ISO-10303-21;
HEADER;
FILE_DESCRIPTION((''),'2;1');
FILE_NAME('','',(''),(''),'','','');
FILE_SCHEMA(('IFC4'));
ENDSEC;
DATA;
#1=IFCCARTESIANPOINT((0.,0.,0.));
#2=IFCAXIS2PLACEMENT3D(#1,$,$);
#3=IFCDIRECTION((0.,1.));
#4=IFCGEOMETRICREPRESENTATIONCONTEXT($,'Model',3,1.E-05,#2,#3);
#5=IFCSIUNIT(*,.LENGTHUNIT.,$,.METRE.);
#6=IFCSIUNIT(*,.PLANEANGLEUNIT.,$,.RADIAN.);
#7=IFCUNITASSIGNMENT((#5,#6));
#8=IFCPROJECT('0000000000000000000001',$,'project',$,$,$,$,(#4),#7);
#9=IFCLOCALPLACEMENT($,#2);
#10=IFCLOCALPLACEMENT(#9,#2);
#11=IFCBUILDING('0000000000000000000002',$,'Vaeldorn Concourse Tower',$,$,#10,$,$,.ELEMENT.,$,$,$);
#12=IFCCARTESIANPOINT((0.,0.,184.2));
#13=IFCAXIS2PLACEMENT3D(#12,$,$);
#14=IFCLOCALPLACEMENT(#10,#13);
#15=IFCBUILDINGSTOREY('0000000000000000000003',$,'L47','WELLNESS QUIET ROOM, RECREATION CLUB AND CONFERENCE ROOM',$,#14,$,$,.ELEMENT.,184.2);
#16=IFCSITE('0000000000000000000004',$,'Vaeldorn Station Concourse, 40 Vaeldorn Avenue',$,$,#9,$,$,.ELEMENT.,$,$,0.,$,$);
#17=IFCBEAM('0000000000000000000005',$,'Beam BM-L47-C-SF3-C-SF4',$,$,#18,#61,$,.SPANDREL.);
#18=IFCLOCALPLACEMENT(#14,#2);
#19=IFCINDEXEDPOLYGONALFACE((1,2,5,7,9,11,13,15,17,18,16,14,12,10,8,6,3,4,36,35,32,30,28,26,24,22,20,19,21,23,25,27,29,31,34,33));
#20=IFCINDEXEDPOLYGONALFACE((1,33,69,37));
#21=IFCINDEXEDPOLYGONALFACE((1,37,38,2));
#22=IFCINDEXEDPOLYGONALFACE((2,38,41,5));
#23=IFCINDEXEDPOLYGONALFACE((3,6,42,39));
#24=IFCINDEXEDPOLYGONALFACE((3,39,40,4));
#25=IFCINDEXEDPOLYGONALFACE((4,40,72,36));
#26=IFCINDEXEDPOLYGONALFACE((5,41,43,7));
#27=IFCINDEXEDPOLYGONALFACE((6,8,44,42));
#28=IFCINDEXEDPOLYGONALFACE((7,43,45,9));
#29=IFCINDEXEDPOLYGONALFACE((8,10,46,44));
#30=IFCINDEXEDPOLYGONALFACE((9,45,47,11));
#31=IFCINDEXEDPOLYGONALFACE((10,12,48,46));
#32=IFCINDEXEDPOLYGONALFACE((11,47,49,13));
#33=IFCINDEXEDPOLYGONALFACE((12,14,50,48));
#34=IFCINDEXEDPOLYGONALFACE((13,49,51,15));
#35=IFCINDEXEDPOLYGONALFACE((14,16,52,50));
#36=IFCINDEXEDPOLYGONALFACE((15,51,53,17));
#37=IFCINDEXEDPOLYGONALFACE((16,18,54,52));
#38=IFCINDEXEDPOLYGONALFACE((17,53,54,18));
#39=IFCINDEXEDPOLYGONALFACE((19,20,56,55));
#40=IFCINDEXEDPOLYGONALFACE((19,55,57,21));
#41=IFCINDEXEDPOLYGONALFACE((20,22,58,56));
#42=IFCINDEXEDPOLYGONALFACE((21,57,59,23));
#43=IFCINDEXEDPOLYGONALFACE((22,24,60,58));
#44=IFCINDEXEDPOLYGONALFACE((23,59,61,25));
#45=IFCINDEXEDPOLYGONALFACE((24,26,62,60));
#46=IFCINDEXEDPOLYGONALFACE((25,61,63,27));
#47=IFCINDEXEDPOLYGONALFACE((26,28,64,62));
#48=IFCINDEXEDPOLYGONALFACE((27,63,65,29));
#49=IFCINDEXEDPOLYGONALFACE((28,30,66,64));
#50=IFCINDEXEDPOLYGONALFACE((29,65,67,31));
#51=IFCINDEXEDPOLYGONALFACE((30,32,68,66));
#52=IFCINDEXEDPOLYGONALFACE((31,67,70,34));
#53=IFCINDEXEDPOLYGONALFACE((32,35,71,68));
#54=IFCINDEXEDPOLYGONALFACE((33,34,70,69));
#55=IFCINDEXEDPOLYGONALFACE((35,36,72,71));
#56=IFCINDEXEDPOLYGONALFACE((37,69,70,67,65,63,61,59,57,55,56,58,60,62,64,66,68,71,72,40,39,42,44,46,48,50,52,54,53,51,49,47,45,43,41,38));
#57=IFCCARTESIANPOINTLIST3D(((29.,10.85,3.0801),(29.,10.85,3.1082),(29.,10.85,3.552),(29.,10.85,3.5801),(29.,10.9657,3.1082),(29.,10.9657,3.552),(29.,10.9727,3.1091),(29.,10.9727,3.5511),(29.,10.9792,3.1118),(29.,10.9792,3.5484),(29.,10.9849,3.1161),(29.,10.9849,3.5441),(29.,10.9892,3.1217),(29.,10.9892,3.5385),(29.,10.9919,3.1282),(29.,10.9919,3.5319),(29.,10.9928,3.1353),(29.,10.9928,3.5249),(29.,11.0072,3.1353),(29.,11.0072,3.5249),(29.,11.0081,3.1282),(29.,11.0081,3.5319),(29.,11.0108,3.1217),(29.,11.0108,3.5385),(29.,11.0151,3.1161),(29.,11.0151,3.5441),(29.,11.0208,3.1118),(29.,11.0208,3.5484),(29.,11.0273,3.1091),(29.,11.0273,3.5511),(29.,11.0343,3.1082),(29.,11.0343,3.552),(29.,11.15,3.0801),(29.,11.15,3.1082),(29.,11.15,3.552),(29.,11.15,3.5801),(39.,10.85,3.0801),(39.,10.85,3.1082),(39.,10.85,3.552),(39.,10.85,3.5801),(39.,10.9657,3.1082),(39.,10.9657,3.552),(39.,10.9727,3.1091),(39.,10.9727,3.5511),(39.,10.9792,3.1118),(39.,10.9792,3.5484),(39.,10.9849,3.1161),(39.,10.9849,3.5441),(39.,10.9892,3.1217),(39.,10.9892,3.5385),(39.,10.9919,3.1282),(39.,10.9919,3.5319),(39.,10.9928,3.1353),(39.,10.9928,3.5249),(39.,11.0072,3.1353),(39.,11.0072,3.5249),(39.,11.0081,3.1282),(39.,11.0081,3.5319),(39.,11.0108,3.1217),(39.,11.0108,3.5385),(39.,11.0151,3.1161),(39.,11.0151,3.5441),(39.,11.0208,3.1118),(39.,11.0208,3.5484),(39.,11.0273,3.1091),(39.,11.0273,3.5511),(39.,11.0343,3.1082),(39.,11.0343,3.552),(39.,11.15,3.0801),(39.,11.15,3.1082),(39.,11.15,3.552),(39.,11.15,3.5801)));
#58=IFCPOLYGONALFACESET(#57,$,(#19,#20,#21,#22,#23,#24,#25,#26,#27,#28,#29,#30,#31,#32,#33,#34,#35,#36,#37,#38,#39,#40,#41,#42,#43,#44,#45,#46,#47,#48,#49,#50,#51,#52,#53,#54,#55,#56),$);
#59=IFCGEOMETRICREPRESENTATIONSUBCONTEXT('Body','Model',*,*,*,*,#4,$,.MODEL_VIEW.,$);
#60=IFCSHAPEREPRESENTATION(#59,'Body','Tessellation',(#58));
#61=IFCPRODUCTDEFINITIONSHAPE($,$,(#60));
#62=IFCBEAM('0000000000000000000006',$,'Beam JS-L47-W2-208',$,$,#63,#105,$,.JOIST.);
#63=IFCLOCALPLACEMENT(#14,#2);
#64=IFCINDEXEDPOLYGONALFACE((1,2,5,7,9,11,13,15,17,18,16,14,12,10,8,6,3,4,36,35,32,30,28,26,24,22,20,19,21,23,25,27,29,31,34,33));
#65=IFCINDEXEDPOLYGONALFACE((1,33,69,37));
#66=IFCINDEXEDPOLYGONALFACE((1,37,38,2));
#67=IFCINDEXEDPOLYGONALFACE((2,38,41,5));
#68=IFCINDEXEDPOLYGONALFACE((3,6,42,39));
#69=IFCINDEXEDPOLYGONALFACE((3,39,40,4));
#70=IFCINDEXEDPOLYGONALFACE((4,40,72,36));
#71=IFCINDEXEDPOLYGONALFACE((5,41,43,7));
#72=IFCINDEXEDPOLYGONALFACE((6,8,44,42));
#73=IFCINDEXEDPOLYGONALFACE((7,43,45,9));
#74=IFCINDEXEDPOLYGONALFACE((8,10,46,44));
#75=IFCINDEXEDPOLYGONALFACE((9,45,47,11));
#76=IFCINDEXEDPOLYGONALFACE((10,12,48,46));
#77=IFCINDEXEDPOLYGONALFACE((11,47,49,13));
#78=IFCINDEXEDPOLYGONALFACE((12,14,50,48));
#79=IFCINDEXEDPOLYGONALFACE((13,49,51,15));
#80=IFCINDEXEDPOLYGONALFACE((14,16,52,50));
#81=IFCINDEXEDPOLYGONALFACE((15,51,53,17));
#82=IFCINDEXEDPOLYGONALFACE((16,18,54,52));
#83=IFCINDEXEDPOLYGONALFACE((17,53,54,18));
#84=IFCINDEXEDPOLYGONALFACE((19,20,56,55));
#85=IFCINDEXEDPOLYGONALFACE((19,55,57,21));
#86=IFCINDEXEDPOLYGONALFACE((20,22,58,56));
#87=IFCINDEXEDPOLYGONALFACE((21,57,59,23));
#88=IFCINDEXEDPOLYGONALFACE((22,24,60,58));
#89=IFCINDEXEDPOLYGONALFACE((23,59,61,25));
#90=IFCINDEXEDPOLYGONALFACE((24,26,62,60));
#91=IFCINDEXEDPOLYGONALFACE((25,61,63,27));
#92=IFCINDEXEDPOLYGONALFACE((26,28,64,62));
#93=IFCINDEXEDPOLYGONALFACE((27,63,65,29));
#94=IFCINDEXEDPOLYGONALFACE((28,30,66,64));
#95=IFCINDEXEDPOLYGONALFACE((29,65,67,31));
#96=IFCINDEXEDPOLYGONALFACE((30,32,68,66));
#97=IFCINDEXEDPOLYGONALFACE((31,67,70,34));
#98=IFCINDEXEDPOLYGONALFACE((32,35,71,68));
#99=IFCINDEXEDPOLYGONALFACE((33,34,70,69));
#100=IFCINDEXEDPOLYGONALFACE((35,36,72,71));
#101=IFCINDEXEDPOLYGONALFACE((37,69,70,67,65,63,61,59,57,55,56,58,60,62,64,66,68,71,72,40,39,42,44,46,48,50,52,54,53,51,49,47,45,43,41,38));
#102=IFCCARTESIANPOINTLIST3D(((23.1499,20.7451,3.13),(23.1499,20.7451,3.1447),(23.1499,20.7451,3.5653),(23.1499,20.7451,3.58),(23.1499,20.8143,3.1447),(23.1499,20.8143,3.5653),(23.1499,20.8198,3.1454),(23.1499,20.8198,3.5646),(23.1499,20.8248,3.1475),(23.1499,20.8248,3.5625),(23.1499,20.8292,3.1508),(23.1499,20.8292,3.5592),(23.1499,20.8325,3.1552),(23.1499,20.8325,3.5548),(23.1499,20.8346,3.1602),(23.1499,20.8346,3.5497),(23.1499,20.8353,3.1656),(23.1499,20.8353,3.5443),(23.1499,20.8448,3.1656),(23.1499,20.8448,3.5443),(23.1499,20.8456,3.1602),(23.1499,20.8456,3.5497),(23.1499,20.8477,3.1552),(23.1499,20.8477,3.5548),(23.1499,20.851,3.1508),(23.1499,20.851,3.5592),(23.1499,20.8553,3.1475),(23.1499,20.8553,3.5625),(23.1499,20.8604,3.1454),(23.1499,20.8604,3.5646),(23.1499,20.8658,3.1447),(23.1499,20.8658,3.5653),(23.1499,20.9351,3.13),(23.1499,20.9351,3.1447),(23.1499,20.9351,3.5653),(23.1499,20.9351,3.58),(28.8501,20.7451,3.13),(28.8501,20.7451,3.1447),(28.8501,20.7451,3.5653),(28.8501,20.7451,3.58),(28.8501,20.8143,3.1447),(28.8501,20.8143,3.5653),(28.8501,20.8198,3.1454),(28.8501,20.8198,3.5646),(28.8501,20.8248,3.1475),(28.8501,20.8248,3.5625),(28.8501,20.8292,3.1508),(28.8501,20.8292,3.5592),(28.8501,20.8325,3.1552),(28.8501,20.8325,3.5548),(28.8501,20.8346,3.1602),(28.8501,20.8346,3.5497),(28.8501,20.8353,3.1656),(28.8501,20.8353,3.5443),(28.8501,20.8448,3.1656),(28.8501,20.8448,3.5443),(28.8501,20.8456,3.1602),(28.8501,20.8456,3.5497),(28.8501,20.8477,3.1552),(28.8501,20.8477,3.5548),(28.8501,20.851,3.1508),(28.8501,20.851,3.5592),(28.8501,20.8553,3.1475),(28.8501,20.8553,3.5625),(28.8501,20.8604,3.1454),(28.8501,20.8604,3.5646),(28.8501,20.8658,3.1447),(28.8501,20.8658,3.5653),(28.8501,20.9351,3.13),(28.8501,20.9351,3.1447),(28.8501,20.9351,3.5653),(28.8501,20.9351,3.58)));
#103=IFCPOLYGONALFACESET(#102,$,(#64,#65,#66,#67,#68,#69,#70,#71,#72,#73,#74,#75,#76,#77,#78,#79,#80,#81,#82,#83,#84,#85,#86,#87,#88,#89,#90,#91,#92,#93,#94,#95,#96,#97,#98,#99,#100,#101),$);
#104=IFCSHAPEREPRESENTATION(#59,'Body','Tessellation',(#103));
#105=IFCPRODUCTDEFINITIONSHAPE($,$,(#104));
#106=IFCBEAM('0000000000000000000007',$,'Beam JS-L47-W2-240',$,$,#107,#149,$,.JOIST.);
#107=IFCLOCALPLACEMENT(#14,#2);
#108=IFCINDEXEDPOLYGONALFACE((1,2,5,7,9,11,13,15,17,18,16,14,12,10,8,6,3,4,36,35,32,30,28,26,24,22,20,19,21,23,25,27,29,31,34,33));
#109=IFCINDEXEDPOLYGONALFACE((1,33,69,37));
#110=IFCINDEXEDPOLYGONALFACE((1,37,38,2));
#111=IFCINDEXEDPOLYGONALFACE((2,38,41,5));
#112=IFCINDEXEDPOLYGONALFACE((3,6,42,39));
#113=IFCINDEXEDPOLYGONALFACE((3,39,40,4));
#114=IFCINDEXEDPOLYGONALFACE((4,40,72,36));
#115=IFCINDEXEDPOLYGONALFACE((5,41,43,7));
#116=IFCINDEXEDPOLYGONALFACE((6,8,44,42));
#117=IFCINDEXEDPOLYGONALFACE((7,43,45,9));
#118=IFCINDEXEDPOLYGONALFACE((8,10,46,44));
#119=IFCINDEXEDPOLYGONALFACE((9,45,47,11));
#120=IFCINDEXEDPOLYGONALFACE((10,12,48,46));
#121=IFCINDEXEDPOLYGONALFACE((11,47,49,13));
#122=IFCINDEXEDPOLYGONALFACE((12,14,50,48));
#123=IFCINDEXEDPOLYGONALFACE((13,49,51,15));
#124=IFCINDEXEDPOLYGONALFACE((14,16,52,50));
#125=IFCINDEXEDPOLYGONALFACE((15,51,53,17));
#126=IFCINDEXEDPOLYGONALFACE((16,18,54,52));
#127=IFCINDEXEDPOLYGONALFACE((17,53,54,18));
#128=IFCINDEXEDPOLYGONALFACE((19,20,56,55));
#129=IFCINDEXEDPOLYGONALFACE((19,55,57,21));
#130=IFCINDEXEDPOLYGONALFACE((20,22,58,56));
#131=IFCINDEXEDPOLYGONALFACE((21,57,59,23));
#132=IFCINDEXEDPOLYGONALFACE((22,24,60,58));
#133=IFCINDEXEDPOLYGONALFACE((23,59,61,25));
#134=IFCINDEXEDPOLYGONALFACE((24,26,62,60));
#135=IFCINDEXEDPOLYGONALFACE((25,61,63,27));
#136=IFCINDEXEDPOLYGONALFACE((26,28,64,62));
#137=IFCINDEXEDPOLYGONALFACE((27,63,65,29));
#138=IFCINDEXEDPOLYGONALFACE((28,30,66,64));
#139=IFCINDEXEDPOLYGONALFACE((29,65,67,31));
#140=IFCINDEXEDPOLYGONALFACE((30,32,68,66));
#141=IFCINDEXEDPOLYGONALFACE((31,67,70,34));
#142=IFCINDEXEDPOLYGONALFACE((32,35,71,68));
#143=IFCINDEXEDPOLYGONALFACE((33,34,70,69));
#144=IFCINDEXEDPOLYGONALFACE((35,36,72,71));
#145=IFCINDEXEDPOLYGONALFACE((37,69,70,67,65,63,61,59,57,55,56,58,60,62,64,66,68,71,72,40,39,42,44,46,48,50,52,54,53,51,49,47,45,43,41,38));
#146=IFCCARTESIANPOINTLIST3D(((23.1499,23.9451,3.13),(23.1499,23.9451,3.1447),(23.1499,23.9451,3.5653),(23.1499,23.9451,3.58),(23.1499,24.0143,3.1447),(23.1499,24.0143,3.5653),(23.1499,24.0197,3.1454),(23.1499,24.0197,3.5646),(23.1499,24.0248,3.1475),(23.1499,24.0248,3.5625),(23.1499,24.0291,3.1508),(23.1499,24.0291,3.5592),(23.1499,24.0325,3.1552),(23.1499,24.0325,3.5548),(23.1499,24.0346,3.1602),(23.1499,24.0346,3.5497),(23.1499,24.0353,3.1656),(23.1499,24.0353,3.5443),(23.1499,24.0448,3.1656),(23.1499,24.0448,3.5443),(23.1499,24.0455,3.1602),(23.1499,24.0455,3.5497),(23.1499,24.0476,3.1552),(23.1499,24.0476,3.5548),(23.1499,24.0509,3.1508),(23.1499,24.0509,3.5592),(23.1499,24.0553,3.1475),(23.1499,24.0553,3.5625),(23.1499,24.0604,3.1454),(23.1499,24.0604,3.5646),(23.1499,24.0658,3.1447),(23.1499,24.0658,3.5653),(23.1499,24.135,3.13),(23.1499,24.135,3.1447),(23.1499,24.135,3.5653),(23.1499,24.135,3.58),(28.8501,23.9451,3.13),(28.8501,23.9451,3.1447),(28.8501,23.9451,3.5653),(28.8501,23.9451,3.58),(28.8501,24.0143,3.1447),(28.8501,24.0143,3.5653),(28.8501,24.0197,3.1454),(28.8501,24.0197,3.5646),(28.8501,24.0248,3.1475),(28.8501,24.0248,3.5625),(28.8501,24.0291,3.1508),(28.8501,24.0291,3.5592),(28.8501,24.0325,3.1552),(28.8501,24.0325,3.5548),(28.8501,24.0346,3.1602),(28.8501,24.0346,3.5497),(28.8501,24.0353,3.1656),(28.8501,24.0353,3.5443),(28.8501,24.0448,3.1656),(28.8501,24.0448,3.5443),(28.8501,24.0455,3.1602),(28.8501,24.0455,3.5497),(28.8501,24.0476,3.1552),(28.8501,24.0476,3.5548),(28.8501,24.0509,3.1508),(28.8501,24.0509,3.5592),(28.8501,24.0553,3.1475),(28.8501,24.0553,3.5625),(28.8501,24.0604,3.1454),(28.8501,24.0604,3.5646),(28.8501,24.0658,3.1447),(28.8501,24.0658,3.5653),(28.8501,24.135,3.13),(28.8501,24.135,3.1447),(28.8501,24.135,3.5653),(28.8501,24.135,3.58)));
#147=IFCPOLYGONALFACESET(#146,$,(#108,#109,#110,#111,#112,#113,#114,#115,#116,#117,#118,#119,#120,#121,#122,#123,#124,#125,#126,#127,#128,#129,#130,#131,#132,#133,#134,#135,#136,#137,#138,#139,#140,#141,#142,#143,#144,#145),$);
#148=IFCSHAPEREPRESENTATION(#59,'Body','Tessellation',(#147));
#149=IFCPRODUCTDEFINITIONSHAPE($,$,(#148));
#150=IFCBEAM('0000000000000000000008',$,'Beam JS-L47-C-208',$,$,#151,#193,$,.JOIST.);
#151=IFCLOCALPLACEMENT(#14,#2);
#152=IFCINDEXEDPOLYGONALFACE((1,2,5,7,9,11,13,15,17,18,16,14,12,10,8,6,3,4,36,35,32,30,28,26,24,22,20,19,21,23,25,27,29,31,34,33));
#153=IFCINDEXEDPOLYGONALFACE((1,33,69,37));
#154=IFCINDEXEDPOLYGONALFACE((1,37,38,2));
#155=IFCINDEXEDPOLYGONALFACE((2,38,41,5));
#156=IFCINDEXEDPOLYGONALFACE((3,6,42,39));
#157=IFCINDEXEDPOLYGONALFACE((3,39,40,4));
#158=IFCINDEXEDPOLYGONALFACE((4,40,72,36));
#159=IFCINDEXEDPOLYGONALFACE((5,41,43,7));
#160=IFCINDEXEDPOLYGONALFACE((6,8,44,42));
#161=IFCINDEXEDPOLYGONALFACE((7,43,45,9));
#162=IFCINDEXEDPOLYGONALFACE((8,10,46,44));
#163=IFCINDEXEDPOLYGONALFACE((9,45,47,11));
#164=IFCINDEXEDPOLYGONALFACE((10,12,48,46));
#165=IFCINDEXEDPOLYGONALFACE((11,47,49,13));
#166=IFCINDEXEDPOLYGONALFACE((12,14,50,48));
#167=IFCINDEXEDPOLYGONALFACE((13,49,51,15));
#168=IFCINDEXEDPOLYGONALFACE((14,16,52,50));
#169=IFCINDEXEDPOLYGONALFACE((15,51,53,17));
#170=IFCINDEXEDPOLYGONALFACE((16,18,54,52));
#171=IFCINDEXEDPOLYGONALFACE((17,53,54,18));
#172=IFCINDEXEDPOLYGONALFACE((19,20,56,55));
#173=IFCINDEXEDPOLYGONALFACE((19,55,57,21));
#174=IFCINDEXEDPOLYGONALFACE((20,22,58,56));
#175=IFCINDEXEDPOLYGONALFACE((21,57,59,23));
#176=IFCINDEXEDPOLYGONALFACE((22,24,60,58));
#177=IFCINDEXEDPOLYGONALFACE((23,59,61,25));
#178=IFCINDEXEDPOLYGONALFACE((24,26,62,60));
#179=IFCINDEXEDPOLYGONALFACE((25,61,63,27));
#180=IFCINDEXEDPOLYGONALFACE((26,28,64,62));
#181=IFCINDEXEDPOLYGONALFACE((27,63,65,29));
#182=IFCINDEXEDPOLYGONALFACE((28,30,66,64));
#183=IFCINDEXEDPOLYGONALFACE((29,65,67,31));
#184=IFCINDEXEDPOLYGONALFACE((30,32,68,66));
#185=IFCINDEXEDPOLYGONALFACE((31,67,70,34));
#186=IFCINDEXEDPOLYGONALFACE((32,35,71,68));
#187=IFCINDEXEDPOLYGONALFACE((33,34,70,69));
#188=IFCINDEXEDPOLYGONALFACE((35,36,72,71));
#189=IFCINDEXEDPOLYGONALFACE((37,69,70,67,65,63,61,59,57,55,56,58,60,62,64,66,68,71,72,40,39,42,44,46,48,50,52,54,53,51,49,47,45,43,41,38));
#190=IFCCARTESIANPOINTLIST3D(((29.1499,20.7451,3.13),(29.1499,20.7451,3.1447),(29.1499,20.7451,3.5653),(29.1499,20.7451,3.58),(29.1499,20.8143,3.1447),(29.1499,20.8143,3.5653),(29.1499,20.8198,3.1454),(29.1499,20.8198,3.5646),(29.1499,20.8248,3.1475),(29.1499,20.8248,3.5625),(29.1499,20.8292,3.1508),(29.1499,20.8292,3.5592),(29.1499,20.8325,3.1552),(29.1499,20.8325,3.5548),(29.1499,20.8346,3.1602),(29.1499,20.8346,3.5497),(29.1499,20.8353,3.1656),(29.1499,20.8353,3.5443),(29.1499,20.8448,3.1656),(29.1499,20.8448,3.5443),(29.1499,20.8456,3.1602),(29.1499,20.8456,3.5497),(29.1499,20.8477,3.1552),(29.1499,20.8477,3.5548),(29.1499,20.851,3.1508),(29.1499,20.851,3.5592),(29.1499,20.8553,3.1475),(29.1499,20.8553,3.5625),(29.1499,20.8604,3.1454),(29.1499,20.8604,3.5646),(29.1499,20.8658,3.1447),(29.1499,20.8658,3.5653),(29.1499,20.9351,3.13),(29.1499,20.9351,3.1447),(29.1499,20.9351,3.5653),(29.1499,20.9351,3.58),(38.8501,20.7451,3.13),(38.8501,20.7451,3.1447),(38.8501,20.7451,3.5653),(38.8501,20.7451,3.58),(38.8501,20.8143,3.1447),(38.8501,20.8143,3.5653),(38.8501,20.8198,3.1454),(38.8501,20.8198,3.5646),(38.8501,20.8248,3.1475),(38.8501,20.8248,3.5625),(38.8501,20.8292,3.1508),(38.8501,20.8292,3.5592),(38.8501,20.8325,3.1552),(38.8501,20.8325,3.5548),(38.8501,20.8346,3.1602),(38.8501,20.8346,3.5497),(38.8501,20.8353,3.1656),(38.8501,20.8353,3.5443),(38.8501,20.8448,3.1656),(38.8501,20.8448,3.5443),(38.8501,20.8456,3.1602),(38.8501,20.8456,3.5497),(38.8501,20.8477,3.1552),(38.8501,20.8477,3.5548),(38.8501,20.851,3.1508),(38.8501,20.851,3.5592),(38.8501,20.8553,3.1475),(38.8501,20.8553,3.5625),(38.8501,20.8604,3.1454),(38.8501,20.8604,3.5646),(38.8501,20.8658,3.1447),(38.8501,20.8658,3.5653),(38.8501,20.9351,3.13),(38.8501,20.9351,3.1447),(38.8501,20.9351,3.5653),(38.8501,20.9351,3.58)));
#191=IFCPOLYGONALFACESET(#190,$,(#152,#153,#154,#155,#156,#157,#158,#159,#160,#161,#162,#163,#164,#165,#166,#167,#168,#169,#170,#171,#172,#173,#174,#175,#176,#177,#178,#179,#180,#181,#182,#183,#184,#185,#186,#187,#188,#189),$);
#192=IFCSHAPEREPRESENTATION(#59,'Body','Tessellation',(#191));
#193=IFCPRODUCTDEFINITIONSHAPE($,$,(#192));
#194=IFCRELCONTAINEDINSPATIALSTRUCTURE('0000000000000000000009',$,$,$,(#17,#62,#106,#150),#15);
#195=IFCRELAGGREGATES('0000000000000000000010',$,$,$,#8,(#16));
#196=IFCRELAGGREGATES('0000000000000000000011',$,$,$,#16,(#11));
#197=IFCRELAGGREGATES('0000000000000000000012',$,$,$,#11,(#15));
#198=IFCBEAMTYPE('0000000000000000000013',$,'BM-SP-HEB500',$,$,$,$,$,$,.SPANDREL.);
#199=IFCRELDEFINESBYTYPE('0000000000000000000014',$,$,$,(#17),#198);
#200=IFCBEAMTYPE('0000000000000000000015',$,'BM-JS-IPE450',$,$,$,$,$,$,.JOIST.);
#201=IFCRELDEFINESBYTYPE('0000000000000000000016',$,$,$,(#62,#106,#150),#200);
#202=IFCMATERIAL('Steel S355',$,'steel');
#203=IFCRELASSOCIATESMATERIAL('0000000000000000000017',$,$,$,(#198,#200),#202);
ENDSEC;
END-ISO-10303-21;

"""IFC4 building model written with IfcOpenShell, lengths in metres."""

from ifc_helpers import new_model, si_unit, direction, frame, origin, origin_2d, place, context, subcontext, project, spatial, i_section, extrude, source, transform, mapped, material, material_profile, profile_set, type_object, element, save


model = new_model("IFC4")

# Units and contexts
model_context = context("Model", 3, precision=1e-05, world=origin(), true_north=direction((0.0, 1.0)))
body_context = subcontext(model_context, "Body", "Model", "MODEL_VIEW")
ifc_project = project(units=[si_unit("LENGTHUNIT", "METRE"), si_unit("PLANEANGLEUNIT", "RADIAN")], contexts=[model_context])

# Site, building, storey
site_placement = place(None, origin())
site = spatial("IfcSite", under=ifc_project, at=site_placement, Name="Vaeldorn Station Concourse, 40 Vaeldorn Avenue", CompositionType="ELEMENT", RefElevation=0.0)
building_placement = place(site_placement, origin())
building = spatial("IfcBuilding", under=site, at=building_placement, Name="Vaeldorn Concourse Tower", CompositionType="ELEMENT")
storey_placement = place(building_placement, frame((0.0, 0.0, 184.2)))
storey = spatial("IfcBuildingStorey", under=building, at=storey_placement, Name="L47", Description="WELLNESS QUIET ROOM, RECREATION CLUB AND CONFERENCE ROOM", CompositionType="ELEMENT", Elevation=184.2)

# Shared definitions
ifc_material_1 = material(Name="Steel S355", Category="steel")

# Beams
ifc_material_profile_1 = material_profile(ifc_material_1, i_section(OverallWidth=0.3, OverallDepth=0.5, WebThickness=0.0144, FlangeThickness=0.0281, FilletRadius=0.0271, at=origin_2d()), Name="HEB 500")
ifc_profile_set_1 = profile_set([ifc_material_profile_1], Name="Steel S355")
beam_type_1 = type_object("IfcBeamType", Name="BM-SP-HEB500", PredefinedType="SPANDREL", material=ifc_profile_set_1)
shared_shape_1 = source(origin(), body_context, "Body", "SweptSolid", [
    extrude(i_section(OverallWidth=0.3, OverallDepth=0.5, WebThickness=0.0144, FlangeThickness=0.0281, FilletRadius=0.0271, at=origin_2d()), origin(), (0.0, 0.0, 1.0), 10.0),
])
beam_1_placement = place(storey_placement, frame((29.0, 11.0, 3.3301), z_axis=(1.0, 0.0, 0.0), x_axis=(0.0, 1.0, 0.0)))
element("IfcBeam", 1, at=beam_1_placement, inside=storey, type_object=beam_type_1, Name="Beam BM-L47-C-SF3-C-SF4", PredefinedType="SPANDREL", context=body_context, shape_type="MappedRepresentation", body=[
    mapped(shared_shape_1, transform((0.0, 0.0, 0.0), scale=1.0)),
])
ifc_material_profile_2 = material_profile(ifc_material_1, i_section(OverallWidth=0.1899, OverallDepth=0.45, WebThickness=0.0095, FlangeThickness=0.0146, FilletRadius=0.021, at=origin_2d()), Name="IPE 450")
ifc_profile_set_2 = profile_set([ifc_material_profile_2], Name="Steel S355")
beam_type_2 = type_object("IfcBeamType", Name="BM-JS-IPE450", PredefinedType="JOIST", material=ifc_profile_set_2)
shared_shape_2 = source(origin(), body_context, "Body", "SweptSolid", [
    extrude(i_section(OverallWidth=0.1899, OverallDepth=0.45, WebThickness=0.0095, FlangeThickness=0.0146, FilletRadius=0.021, at=origin_2d()), origin(), (0.0, 0.0, 1.0), 5.7002),
])
for number, where, z_axis, x_axis, name in (
    (2, (23.1499, 20.8401, 3.355), (1.0, 0.0, 0.0), (0.0, 1.0, 0.0), "Beam JS-L47-W2-208"),
    (3, (23.1499, 24.04, 3.355), (1.0, 0.0, 0.0), (0.0, 1.0, 0.0), "Beam JS-L47-W2-240"),
):
    element("IfcBeam", number, at=place(storey_placement, frame(where, z_axis=z_axis, x_axis=x_axis)), inside=storey, type_object=beam_type_2, Name=name, PredefinedType="JOIST", context=body_context, shape_type="MappedRepresentation", body=[
        mapped(shared_shape_2, transform((0.0, 0.0, 0.0), scale=1.0)),
    ])
shared_shape_3 = source(origin(), body_context, "Body", "SweptSolid", [
    extrude(i_section(OverallWidth=0.1899, OverallDepth=0.45, WebThickness=0.0095, FlangeThickness=0.0146, FilletRadius=0.021, at=origin_2d()), origin(), (0.0, 0.0, 1.0), 9.7002),
])
for number, where, z_axis, x_axis, name in (
    (4, (29.1499, 20.8401, 3.355), (1.0, 0.0, 0.0), (0.0, 1.0, 0.0), "Beam JS-L47-C-208"),
):
    element("IfcBeam", number, at=place(storey_placement, frame(where, z_axis=z_axis, x_axis=x_axis)), inside=storey, type_object=beam_type_2, Name=name, PredefinedType="JOIST", context=body_context, shape_type="MappedRepresentation", body=[
        mapped(shared_shape_3, transform((0.0, 0.0, 0.0), scale=1.0)),
    ])

save(model, "model.ifc")
